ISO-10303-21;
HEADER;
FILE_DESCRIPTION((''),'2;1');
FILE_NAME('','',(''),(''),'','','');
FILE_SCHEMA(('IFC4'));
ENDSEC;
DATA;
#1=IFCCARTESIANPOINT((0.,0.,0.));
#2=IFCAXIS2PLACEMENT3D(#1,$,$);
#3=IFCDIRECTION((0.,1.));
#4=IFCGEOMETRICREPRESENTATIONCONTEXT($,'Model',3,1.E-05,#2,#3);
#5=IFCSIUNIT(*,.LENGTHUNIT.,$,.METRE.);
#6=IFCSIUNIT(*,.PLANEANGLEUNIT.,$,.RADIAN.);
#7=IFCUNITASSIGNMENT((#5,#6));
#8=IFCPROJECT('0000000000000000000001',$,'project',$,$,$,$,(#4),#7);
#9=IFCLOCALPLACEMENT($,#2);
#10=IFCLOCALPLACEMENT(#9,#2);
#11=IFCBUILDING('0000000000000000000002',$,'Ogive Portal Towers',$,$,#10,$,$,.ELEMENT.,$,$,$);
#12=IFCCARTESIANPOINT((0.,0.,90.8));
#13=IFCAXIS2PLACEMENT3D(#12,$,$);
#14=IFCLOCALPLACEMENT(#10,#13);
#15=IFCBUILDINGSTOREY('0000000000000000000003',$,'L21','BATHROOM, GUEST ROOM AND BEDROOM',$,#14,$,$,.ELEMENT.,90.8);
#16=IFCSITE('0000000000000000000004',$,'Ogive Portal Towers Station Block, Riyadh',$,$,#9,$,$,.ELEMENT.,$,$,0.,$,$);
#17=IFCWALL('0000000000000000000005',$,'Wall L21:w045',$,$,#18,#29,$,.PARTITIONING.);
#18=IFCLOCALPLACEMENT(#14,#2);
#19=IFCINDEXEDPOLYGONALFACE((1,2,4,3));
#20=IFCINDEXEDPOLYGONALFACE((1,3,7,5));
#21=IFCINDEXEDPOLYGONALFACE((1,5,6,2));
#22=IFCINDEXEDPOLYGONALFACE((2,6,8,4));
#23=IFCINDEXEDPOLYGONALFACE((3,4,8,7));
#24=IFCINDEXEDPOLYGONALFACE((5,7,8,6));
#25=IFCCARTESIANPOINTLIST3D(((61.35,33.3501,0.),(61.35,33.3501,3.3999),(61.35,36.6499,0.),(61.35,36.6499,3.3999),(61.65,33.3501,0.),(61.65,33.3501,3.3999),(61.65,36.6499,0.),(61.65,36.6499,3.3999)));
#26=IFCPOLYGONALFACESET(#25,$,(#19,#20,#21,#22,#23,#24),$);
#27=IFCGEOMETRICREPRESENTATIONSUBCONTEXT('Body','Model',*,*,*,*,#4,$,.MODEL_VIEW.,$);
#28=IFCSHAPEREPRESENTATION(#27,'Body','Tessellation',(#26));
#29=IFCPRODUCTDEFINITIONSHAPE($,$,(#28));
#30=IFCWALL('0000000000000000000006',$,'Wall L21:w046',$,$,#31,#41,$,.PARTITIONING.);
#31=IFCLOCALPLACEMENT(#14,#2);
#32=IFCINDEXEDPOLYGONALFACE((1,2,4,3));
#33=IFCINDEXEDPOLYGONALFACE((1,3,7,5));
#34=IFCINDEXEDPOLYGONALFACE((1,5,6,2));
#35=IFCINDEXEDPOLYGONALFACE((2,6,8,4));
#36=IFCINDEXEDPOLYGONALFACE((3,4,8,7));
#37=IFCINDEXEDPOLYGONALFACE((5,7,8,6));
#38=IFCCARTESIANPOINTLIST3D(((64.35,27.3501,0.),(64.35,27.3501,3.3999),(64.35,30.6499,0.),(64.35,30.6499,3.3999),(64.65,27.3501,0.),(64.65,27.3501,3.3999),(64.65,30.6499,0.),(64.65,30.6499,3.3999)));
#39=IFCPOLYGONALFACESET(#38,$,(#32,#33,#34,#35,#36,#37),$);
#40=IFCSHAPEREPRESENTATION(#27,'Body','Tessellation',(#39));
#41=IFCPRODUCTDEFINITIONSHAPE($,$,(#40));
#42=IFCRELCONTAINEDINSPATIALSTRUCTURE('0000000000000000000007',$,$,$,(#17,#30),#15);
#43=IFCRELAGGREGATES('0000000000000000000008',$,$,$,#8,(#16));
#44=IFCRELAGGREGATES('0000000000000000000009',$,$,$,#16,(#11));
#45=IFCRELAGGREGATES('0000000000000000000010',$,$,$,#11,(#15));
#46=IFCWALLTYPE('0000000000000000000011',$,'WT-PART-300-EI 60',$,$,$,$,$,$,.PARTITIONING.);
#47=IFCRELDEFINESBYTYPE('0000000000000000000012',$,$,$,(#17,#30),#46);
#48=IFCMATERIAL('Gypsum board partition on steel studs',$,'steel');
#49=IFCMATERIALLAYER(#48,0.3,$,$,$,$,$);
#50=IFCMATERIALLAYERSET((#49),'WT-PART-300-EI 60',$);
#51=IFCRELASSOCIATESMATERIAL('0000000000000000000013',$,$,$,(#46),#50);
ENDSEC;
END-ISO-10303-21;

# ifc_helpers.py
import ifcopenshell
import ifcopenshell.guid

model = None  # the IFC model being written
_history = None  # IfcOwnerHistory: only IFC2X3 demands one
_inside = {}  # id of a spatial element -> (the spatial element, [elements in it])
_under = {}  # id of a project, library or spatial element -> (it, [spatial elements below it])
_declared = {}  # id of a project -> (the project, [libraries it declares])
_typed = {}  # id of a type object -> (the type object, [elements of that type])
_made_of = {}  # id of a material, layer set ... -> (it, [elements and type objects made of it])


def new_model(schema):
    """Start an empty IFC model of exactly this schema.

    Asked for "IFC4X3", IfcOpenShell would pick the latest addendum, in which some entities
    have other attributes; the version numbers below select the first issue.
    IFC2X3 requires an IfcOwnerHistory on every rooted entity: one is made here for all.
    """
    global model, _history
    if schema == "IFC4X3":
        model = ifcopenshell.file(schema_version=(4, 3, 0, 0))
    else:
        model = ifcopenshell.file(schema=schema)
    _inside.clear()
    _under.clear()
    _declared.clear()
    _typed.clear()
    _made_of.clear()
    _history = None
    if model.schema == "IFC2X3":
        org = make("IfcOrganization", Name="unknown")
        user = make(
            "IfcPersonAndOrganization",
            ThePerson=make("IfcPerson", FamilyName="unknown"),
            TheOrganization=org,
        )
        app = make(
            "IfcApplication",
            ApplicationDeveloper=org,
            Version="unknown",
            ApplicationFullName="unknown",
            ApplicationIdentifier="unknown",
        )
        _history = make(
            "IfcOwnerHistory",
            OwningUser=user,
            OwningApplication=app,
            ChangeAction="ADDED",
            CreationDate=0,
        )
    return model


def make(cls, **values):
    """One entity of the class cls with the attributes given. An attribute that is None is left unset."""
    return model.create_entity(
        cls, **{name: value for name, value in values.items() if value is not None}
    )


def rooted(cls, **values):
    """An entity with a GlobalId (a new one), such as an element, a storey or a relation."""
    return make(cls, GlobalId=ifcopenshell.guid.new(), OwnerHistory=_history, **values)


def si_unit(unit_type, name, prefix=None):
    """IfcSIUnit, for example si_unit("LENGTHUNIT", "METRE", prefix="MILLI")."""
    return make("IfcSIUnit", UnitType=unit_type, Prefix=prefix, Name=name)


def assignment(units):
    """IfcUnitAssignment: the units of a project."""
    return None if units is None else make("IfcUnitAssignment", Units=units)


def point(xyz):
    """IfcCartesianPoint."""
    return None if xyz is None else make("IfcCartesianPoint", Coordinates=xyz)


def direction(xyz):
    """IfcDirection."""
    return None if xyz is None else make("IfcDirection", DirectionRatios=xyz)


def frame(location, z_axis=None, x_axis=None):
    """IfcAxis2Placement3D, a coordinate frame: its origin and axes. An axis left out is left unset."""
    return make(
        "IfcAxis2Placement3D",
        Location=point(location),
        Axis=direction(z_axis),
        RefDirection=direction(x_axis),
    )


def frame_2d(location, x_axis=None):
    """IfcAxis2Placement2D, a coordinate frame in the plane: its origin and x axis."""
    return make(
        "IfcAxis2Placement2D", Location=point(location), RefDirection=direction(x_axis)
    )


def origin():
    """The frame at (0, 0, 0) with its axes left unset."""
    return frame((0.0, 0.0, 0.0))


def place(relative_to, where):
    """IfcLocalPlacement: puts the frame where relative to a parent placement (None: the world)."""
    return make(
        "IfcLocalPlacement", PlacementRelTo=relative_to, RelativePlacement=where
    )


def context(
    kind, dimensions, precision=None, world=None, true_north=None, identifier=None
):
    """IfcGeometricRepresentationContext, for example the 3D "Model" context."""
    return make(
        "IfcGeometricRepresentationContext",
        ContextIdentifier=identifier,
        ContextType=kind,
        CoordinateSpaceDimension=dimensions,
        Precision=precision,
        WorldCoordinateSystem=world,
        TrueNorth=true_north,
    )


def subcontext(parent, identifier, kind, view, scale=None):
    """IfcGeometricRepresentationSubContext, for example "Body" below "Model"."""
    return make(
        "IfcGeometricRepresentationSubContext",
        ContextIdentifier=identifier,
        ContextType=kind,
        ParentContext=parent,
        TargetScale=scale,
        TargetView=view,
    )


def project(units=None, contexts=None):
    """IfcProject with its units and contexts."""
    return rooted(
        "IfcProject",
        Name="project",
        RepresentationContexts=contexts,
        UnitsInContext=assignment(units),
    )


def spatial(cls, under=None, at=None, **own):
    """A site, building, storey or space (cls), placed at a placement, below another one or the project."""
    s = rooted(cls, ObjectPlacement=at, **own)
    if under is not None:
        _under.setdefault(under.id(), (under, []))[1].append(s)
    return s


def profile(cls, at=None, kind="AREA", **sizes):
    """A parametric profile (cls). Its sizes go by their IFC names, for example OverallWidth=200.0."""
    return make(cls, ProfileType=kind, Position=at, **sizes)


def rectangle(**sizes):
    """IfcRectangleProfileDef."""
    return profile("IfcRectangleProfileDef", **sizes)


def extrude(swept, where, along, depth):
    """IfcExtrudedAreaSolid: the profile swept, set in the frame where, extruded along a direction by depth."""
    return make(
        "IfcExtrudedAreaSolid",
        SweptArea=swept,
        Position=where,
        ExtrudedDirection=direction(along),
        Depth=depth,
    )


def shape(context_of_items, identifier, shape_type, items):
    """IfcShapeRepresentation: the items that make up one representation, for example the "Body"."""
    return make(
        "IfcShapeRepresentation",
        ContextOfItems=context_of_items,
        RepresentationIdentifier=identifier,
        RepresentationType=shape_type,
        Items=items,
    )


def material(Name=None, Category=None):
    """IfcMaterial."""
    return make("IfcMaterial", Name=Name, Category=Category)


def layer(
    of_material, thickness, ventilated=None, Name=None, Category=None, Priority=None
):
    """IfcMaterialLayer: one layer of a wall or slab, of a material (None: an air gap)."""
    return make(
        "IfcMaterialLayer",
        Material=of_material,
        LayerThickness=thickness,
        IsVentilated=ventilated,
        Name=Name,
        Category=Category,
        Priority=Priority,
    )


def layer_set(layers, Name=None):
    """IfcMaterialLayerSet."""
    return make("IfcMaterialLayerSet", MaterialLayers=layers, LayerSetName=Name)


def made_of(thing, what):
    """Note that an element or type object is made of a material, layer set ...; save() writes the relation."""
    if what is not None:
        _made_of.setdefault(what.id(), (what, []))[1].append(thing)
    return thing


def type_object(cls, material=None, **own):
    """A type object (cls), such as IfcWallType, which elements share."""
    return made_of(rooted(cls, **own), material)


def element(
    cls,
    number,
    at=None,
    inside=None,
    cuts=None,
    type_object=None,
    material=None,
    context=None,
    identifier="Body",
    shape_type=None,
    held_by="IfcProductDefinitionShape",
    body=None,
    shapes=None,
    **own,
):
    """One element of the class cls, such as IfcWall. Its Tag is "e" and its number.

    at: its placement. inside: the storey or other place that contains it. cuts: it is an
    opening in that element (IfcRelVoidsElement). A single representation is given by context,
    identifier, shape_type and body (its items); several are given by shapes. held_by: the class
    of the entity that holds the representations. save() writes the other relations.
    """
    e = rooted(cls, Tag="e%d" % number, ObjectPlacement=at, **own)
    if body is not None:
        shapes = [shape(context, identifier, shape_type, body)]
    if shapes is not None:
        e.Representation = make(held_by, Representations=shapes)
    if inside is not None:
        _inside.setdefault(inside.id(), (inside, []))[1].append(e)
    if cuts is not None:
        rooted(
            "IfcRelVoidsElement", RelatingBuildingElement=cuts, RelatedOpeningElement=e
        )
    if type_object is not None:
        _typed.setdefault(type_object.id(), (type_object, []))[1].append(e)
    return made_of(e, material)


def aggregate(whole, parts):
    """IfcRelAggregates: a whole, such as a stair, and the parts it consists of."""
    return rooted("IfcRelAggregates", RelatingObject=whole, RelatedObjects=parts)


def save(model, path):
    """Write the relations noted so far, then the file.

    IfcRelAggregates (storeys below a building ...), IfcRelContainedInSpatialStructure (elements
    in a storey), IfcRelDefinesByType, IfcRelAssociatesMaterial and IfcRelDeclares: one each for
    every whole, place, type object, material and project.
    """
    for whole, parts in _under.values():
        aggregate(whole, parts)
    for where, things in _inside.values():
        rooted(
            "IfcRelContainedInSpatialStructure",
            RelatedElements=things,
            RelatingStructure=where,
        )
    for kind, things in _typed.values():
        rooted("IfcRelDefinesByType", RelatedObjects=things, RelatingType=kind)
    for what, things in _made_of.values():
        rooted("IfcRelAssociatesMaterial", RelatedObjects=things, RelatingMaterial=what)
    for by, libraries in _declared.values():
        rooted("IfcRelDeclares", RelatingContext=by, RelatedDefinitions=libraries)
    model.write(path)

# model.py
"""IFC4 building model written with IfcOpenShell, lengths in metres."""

from ifc_helpers import new_model, si_unit, direction, frame, frame_2d, origin, place, context, subcontext, project, spatial, rectangle, extrude, material, layer, layer_set, type_object, element, save


model = new_model("IFC4")

# Units and contexts
model_context = context("Model", 3, precision=1e-05, world=origin(), true_north=direction((0.0, 1.0)))
body_context = subcontext(model_context, "Body", "Model", "MODEL_VIEW")
ifc_project = project(units=[si_unit("LENGTHUNIT", "METRE"), si_unit("PLANEANGLEUNIT", "RADIAN")], contexts=[model_context])

# Site, building, storey
site_placement = place(None, origin())
site = spatial("IfcSite", under=ifc_project, at=site_placement, Name="Ogive Portal Towers Station Block, Riyadh", CompositionType="ELEMENT", RefElevation=0.0)
building_placement = place(site_placement, origin())
building = spatial("IfcBuilding", under=site, at=building_placement, Name="Ogive Portal Towers", CompositionType="ELEMENT")
storey_placement = place(building_placement, frame((0.0, 0.0, 90.8)))
storey = spatial("IfcBuildingStorey", under=building, at=storey_placement, Name="L21", Description="BATHROOM, GUEST ROOM AND BEDROOM", CompositionType="ELEMENT", Elevation=90.8)

# Shared definitions
ifc_material_1 = material(Name="Gypsum board partition on steel studs", Category="steel")

# Shared definitions
ifc_layer_1 = layer(ifc_material_1, 0.3)
ifc_layer_set_1 = layer_set([ifc_layer_1], Name="WT-PART-300-EI 60")
wall_type_1 = type_object("IfcWallType", Name="WT-PART-300-EI 60", PredefinedType="PARTITIONING", material=ifc_layer_set_1)

# Walls
for number, where, z_axis, x_axis, name in (
    (1, (61.5, 33.3501, 0.0), (0.0, 0.0, 1.0), (0.0, 1.0, 0.0), "Wall L21:w045"),
    (2, (64.5, 27.3501, 0.0), (0.0, 0.0, 1.0), (0.0, 1.0, 0.0), "Wall L21:w046"),
):
    element("IfcWall", number, at=place(storey_placement, frame(where, z_axis=z_axis, x_axis=x_axis)), inside=storey, type_object=wall_type_1, Name=name, PredefinedType="PARTITIONING", context=body_context, shape_type="SweptSolid", body=[
        extrude(rectangle(XDim=3.2998, YDim=0.3, at=frame_2d((1.6499, 0.0))), origin(), (0.0, 0.0, 1.0), 3.3999),
    ])

save(model, "model.ifc")
